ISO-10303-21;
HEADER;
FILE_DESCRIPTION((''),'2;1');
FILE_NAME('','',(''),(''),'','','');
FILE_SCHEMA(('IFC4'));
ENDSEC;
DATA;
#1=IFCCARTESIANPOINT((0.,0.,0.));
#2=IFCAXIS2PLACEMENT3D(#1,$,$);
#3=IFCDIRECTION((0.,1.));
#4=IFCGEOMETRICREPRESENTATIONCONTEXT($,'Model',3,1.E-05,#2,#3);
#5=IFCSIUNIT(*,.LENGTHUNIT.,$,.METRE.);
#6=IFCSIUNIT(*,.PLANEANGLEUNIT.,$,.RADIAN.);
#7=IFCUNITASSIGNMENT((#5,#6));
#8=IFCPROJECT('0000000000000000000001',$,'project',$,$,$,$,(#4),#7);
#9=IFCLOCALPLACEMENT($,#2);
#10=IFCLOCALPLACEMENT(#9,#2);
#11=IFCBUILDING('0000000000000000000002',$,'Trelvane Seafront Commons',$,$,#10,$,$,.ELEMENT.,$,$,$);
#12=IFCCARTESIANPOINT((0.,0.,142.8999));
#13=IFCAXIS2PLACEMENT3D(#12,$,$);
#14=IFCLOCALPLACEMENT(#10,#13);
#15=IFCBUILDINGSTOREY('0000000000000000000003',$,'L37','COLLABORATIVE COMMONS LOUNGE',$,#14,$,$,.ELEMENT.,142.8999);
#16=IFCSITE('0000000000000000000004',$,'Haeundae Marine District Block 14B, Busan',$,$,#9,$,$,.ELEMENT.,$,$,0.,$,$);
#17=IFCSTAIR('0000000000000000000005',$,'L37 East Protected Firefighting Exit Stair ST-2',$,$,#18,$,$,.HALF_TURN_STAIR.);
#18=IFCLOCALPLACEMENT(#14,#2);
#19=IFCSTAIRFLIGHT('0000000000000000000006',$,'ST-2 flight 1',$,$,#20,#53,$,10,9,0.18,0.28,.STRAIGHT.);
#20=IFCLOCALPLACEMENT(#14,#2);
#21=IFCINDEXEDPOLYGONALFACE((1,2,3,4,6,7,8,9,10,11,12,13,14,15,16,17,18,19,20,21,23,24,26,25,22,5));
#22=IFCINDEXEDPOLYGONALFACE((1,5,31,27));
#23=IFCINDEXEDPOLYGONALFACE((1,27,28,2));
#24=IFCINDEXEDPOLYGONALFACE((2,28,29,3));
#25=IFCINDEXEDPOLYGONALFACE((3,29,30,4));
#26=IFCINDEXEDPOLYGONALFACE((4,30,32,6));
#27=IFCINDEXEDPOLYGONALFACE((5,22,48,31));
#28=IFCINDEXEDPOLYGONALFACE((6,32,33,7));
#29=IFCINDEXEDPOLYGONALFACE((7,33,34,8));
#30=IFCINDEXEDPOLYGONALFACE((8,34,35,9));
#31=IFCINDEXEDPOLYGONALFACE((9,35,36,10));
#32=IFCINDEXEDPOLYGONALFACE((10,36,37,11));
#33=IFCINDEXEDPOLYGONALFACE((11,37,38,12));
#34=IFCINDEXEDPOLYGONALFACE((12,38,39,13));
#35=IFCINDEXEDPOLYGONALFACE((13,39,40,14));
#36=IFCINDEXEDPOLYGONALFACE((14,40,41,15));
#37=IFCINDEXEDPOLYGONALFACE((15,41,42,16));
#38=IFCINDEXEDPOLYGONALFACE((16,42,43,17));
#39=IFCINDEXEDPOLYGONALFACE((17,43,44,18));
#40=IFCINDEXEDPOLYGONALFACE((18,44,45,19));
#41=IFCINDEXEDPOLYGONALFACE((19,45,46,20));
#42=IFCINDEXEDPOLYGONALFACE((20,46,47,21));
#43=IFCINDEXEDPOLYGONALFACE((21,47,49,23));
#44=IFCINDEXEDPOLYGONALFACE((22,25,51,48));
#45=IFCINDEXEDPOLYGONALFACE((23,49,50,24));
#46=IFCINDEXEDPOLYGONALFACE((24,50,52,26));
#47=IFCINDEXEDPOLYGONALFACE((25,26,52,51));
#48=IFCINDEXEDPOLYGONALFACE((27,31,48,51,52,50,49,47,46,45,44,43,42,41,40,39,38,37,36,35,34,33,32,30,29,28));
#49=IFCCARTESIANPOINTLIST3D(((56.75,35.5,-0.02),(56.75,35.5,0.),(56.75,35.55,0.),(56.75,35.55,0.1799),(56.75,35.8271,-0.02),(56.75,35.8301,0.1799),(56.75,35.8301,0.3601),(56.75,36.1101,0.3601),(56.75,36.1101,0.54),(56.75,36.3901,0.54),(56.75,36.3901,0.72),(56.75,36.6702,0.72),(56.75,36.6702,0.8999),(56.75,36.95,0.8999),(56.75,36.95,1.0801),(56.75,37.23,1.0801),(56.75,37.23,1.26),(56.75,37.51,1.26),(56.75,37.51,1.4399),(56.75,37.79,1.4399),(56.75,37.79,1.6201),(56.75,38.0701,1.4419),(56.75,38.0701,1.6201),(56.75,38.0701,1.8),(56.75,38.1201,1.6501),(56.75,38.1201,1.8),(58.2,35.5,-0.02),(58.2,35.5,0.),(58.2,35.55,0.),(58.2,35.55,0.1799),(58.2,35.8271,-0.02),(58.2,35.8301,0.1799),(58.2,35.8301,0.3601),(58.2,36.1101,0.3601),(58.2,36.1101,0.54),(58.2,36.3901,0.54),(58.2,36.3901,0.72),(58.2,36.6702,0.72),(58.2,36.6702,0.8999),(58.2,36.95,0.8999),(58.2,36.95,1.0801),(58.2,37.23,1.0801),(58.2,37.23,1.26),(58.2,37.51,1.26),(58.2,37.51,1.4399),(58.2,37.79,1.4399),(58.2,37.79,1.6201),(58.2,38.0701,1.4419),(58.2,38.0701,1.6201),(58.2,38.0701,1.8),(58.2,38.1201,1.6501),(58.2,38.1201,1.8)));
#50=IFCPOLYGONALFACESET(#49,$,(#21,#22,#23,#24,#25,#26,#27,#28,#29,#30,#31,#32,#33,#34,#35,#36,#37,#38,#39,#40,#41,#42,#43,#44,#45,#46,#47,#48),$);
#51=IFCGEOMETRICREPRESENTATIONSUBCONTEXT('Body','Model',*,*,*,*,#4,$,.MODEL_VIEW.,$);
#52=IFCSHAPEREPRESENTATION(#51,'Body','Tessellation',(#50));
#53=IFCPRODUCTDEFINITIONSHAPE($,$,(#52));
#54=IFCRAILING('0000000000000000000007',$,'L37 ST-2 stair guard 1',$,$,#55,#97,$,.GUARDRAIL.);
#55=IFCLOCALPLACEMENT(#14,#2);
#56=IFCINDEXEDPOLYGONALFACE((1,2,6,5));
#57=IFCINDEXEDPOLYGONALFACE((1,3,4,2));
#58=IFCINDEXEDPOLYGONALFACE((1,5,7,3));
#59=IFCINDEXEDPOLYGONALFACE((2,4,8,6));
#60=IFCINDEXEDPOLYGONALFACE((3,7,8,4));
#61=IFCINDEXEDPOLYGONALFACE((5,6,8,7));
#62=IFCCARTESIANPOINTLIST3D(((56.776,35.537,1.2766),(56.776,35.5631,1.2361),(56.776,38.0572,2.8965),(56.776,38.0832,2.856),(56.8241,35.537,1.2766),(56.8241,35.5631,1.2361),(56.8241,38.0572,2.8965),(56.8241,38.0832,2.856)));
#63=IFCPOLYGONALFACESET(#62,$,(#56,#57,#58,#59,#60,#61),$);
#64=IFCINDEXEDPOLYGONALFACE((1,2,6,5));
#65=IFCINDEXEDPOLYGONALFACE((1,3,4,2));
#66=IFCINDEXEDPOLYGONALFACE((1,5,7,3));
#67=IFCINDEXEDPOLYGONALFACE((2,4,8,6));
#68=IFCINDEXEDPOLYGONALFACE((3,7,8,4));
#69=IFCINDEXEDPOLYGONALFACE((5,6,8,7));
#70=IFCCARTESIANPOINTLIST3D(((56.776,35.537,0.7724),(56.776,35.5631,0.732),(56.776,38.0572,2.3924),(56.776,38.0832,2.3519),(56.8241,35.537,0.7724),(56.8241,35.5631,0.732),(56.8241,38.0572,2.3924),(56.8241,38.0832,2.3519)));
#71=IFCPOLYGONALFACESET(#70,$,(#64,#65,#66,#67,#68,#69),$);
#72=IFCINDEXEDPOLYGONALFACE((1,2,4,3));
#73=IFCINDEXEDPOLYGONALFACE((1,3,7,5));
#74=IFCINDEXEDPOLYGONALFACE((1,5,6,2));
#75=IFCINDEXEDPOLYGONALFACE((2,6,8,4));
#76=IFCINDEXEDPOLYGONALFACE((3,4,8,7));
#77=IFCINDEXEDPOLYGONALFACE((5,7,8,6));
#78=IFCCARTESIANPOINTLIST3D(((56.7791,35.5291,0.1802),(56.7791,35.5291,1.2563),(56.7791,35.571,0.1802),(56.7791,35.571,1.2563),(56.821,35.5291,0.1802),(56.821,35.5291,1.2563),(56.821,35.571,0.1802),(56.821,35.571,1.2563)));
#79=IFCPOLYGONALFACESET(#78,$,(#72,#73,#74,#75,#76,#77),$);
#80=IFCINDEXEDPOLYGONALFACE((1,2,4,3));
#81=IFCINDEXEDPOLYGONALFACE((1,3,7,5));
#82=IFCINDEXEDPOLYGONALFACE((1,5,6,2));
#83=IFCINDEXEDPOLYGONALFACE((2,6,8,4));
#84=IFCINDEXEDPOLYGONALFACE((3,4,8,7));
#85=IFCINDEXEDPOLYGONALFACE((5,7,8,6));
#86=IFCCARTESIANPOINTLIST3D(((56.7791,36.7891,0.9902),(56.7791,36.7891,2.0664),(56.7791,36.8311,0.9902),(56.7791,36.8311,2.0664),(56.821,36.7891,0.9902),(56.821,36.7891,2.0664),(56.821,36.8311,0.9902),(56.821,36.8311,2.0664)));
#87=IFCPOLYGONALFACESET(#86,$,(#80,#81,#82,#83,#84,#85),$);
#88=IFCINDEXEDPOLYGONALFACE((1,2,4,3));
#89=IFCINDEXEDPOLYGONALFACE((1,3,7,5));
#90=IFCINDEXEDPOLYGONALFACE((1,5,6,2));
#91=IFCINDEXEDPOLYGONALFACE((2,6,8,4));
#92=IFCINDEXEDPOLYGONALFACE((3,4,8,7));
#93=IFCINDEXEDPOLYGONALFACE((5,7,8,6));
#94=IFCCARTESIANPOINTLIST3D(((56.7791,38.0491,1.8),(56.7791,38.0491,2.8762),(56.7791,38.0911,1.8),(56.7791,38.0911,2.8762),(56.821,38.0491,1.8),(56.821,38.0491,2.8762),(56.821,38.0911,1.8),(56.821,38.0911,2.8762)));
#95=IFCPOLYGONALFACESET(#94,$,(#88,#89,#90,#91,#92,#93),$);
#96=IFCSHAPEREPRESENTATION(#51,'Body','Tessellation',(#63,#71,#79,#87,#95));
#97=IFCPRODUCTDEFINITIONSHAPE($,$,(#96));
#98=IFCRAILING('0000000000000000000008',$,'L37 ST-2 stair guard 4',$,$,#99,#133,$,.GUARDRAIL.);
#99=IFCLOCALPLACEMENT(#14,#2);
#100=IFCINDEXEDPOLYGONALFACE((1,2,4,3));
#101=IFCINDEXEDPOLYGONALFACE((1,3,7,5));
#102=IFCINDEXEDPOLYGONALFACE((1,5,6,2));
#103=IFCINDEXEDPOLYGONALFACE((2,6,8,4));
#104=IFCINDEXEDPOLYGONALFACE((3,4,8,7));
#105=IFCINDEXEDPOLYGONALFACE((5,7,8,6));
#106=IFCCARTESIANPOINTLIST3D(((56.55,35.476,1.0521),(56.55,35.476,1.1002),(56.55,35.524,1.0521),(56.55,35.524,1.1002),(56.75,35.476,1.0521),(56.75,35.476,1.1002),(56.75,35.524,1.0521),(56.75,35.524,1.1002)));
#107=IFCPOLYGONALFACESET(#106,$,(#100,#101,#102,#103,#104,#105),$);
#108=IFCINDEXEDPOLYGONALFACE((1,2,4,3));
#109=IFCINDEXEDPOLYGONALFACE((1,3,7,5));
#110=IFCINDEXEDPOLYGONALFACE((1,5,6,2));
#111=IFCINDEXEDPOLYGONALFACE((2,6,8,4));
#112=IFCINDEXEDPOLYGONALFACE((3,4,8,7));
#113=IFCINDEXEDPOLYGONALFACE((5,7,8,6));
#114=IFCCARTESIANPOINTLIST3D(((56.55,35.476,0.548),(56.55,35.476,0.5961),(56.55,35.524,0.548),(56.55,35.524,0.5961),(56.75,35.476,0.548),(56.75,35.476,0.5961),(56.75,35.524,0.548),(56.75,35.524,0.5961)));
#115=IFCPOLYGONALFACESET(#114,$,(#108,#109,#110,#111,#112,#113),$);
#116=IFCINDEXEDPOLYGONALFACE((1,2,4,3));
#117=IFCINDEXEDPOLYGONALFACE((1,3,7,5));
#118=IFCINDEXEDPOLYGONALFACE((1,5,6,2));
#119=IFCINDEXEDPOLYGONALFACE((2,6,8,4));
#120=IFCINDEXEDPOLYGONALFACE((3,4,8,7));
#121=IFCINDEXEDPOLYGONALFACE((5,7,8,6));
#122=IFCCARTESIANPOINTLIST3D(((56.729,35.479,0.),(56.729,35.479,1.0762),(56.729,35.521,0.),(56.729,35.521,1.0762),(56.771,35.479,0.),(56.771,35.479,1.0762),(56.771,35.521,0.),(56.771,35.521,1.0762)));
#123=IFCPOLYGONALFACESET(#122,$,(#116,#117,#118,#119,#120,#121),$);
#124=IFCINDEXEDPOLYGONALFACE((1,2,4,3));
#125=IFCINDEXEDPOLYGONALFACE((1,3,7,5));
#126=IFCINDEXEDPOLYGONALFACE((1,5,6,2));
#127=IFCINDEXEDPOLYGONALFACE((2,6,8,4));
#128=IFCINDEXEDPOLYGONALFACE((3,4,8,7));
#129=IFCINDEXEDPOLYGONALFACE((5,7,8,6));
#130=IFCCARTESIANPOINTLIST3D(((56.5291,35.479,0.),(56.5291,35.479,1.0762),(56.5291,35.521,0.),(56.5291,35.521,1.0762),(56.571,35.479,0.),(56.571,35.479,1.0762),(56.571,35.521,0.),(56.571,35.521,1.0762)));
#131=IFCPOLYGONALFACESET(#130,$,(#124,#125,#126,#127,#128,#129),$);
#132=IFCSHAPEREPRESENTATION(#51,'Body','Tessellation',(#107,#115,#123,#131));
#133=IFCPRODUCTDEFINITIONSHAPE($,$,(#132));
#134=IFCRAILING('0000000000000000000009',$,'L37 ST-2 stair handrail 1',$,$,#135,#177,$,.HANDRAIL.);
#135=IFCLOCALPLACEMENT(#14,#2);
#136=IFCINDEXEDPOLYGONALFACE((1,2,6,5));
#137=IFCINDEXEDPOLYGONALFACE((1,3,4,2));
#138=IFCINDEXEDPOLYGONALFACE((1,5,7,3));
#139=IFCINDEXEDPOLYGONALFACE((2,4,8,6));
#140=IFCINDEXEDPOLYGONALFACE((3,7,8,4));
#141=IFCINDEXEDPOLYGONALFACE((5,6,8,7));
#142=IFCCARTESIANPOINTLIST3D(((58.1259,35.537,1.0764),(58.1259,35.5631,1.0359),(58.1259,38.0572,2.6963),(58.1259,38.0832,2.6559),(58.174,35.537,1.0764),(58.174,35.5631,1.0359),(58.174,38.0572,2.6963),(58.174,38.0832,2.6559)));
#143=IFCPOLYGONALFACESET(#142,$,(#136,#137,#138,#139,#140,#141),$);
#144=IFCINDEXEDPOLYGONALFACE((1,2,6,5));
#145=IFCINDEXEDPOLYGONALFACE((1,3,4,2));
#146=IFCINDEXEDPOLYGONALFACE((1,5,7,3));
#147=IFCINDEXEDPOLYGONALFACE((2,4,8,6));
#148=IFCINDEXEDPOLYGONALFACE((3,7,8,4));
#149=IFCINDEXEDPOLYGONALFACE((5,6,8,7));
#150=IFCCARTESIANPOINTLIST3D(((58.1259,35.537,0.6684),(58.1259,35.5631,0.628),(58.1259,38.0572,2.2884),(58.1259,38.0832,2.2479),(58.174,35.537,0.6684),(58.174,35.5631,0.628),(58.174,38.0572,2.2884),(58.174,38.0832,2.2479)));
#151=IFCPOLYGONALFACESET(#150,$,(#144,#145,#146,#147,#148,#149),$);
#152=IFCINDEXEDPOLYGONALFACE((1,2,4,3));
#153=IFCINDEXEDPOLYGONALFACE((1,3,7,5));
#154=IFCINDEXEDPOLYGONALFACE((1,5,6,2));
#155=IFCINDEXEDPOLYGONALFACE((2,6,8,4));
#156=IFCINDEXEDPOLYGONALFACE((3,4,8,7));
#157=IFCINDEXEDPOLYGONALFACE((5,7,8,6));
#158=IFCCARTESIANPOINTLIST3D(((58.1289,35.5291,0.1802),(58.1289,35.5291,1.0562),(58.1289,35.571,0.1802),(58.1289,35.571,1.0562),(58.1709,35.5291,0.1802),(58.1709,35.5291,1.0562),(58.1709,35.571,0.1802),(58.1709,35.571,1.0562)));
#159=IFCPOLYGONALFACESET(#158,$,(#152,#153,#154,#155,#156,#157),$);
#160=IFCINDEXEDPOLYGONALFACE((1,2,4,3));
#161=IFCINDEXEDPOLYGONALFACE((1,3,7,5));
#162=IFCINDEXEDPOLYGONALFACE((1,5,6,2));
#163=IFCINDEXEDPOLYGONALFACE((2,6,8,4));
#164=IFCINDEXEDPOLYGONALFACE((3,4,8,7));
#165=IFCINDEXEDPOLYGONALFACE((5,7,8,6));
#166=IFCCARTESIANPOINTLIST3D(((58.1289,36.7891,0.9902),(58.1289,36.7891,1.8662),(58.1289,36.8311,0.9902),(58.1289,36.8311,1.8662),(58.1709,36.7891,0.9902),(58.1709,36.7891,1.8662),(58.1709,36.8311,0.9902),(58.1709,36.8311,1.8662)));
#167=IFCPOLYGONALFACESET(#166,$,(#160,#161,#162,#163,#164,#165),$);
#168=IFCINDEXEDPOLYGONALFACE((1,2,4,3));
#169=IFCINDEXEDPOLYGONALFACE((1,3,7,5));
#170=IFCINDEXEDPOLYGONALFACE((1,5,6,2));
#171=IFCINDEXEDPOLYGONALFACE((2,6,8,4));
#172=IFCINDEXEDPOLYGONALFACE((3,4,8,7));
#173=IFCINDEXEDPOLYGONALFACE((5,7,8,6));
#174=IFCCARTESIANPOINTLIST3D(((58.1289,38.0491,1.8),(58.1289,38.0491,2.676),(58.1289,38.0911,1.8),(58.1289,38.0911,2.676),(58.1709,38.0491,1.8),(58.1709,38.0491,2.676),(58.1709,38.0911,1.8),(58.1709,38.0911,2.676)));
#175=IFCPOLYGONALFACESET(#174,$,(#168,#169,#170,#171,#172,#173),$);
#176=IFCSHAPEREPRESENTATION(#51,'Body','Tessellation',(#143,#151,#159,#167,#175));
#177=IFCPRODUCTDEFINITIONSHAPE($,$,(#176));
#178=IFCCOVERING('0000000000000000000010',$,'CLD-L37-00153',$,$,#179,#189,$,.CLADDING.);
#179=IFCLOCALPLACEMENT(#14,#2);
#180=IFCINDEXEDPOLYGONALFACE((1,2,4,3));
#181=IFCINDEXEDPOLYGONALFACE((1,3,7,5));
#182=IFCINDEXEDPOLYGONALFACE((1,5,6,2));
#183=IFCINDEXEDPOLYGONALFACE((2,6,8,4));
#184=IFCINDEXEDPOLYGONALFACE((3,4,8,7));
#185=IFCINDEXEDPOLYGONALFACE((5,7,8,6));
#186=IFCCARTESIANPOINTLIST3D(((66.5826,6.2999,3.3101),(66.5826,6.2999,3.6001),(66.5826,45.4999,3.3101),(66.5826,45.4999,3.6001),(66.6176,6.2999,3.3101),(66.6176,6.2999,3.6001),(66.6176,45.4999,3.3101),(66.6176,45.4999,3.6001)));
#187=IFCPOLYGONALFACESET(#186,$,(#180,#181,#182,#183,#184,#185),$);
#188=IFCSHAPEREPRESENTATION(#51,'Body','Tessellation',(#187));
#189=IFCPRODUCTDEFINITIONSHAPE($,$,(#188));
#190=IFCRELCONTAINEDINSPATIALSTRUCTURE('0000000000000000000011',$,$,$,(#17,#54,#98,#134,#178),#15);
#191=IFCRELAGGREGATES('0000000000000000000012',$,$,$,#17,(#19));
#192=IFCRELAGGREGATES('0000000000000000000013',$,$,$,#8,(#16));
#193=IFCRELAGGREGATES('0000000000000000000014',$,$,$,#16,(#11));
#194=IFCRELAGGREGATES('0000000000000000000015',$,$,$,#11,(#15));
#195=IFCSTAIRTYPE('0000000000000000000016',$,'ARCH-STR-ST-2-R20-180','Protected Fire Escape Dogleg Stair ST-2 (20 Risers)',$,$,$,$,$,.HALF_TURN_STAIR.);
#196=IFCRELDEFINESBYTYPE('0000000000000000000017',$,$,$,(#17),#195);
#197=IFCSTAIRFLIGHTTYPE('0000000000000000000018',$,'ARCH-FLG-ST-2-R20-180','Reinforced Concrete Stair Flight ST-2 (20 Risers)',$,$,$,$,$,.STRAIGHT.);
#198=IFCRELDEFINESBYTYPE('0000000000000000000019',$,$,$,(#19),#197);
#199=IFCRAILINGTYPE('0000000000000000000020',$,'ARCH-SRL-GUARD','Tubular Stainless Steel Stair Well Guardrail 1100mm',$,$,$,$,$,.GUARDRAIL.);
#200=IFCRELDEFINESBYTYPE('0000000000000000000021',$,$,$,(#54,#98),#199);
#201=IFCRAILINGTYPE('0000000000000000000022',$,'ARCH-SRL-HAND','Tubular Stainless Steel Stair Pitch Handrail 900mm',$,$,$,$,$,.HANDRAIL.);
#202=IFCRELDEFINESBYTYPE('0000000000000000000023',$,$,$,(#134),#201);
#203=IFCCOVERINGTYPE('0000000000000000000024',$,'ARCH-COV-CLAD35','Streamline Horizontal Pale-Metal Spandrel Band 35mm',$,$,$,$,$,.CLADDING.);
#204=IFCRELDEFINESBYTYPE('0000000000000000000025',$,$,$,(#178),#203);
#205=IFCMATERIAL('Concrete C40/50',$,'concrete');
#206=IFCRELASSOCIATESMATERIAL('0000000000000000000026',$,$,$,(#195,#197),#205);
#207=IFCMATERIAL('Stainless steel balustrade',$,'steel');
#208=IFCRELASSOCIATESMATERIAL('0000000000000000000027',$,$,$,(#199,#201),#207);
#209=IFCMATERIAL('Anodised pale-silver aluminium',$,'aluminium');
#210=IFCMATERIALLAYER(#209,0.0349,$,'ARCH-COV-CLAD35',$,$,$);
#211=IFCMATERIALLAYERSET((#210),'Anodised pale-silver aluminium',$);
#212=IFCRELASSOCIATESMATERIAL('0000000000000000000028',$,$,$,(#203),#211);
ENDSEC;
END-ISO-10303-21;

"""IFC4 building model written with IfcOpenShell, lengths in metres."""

from ifc_helpers import new_model, si_unit, direction, frame, origin, origin_2d, place, context, subcontext, project, spatial, polyline, rectangle, outline, extrude, source, transform, mapped, material, layer, layer_set, type_object, element, aggregate, save


model = new_model("IFC4")

# Units and contexts
model_context = context("Model", 3, precision=1e-05, world=origin(), true_north=direction((0.0, 1.0)))
body_context = subcontext(model_context, "Body", "Model", "MODEL_VIEW")
ifc_project = project(units=[si_unit("LENGTHUNIT", "METRE"), si_unit("PLANEANGLEUNIT", "RADIAN")], contexts=[model_context])

# Site, building, storey
site_placement = place(None, origin())
site = spatial("IfcSite", under=ifc_project, at=site_placement, Name="Haeundae Marine District Block 14B, Busan", CompositionType="ELEMENT", RefElevation=0.0)
building_placement = place(site_placement, origin())
building = spatial("IfcBuilding", under=site, at=building_placement, Name="Trelvane Seafront Commons", CompositionType="ELEMENT")
storey_placement = place(building_placement, frame((0.0, 0.0, 142.8999)))
storey = spatial("IfcBuildingStorey", under=building, at=storey_placement, Name="L37", Description="COLLABORATIVE COMMONS LOUNGE", CompositionType="ELEMENT", Elevation=142.8999)

# Stair, stair flight
ifc_material_1 = material(Name="Concrete C40/50", Category="concrete")
stair_type = type_object("IfcStairType", Name="ARCH-STR-ST-2-R20-180", Description="Protected Fire Escape Dogleg Stair ST-2 (20 Risers)", PredefinedType="HALF_TURN_STAIR", material=ifc_material_1)
stair_placement = place(storey_placement, origin())
stair = element("IfcStair", 1, at=stair_placement, inside=storey, type_object=stair_type, Name="L37 East Protected Firefighting Exit Stair ST-2", PredefinedType="HALF_TURN_STAIR")
stair_flight_type = type_object("IfcStairFlightType", Name="ARCH-FLG-ST-2-R20-180", Description="Reinforced Concrete Stair Flight ST-2 (20 Risers)", PredefinedType="STRAIGHT", material=ifc_material_1)
shared_shape_1 = source(origin(), body_context, "Body", "SweptSolid", [
    extrude(outline(polyline([(-0.05, -0.02), (-0.05, 0.0), (0.0, 0.0), (0.0, 0.1799), (0.28, 0.1799), (0.28, 0.3601), (0.5601, 0.3601), (0.5601, 0.54), (0.8401, 0.54), (0.8401, 0.72), (1.1201, 0.72), (1.1201, 0.8999), (1.3999, 0.8999), (1.3999, 1.0801), (1.6799, 1.0801), (1.6799, 1.26), (1.96, 1.26), (1.96, 1.4399), (2.24, 1.4399), (2.24, 1.6201), (2.52, 1.6201), (2.52, 1.8), (2.5701, 1.8), (2.5701, 1.6501), (2.52, 1.4419), (0.2771, -0.02), (-0.05, -0.02)])), frame((0.0, 0.7251, 0.0), z_axis=(0.0, -1.0, 0.0), x_axis=(1.0, 0.0, 0.0)), (0.0, 0.0, 1.0), 1.45),
])
stair_flight_placement = place(storey_placement, frame((57.4751, 35.55, 0.0), z_axis=(0.0, 0.0, 1.0), x_axis=(0.0, 1.0, 0.0)))
stair_flight = element("IfcStairFlight", 2, at=stair_flight_placement, type_object=stair_flight_type, Name="ST-2 flight 1", NumberOfRisers=10, NumberOfTreads=9, PredefinedType="STRAIGHT", RiserHeight=0.18, TreadLength=0.28, context=body_context, shape_type="MappedRepresentation", body=[
    mapped(shared_shape_1, transform((0.0, 0.0, 0.0), x_axis=(1.0, 0.0, 0.0), y_axis=(0.0, 1.0, 0.0), z_axis=(0.0, 0.0, 1.0), scale=1.0)),
])
aggregate(stair, [stair_flight])

# Railings
ifc_material_2 = material(Name="Stainless steel balustrade", Category="steel")
railing_type_1 = type_object("IfcRailingType", Name="ARCH-SRL-GUARD", Description="Tubular Stainless Steel Stair Well Guardrail 1100mm", PredefinedType="GUARDRAIL", material=ifc_material_2)
railing_1_placement = place(storey_placement, frame((56.8, 35.55, 0.1802)))
element("IfcRailing", 3, at=railing_1_placement, inside=storey, type_object=railing_type_1, Name="L37 ST-2 stair guard 1", PredefinedType="GUARDRAIL", context=body_context, shape_type="SweptSolid", body=[
    extrude(rectangle(XDim=0.0481, YDim=0.0481, at=origin_2d()), frame((0.0, 0.0, 1.0762), z_axis=(0.0, 0.8412, 0.540725), x_axis=(-1.0, 0.0, 0.0)), (0.0, 0.0, 1.0), 2.9958),
    extrude(rectangle(XDim=0.0481, YDim=0.0481, at=origin_2d()), frame((0.0, 0.0, 0.572), z_axis=(0.0, 0.8412, 0.540725), x_axis=(-1.0, 0.0, 0.0)), (0.0, 0.0, 1.0), 2.9958),
    extrude(rectangle(XDim=0.042, YDim=0.042, at=origin_2d()), origin(), (0.0, 0.0, 1.0), 1.0762),
    extrude(rectangle(XDim=0.042, YDim=0.042, at=origin_2d()), frame((0.0, 1.26, 0.8101)), (0.0, 0.0, 1.0), 1.0762),
    extrude(rectangle(XDim=0.042, YDim=0.042, at=origin_2d()), frame((0.0, 2.52, 1.6199)), (0.0, 0.0, 1.0), 1.0762),
])
railing_2_placement = place(storey_placement, frame((56.75, 35.5, 0.0)))
element("IfcRailing", 4, at=railing_2_placement, inside=storey, type_object=railing_type_1, Name="L37 ST-2 stair guard 4", PredefinedType="GUARDRAIL", context=body_context, shape_type="SweptSolid", body=[
    extrude(rectangle(XDim=0.0481, YDim=0.0481, at=origin_2d()), frame((0.0, 0.0, 1.0762), z_axis=(-1.0, 0.0, 0.0), x_axis=(0.0, -1.0, 0.0)), (0.0, 0.0, 1.0), 0.2),
    extrude(rectangle(XDim=0.0481, YDim=0.0481, at=origin_2d()), frame((0.0, 0.0, 0.572), z_axis=(-1.0, 0.0, 0.0), x_axis=(0.0, -1.0, 0.0)), (0.0, 0.0, 1.0), 0.2),
    extrude(rectangle(XDim=0.042, YDim=0.042, at=origin_2d()), origin(), (0.0, 0.0, 1.0), 1.0762),
    extrude(rectangle(XDim=0.042, YDim=0.042, at=origin_2d()), frame((-0.2, 0.0, 0.0)), (0.0, 0.0, 1.0), 1.0762),
])
railing_type_2 = type_object("IfcRailingType", Name="ARCH-SRL-HAND", Description="Tubular Stainless Steel Stair Pitch Handrail 900mm", PredefinedType="HANDRAIL", material=ifc_material_2)
railing_3_placement = place(storey_placement, frame((58.1499, 35.55, 0.1802)))
element("IfcRailing", 5, at=railing_3_placement, inside=storey, type_object=railing_type_2, Name="L37 ST-2 stair handrail 1", PredefinedType="HANDRAIL", context=body_context, shape_type="SweptSolid", body=[
    extrude(rectangle(XDim=0.0481, YDim=0.0481, at=origin_2d()), frame((0.0, 0.0, 0.876), z_axis=(0.0, 0.8412, 0.540725), x_axis=(-1.0, 0.0, 0.0)), (0.0, 0.0, 1.0), 2.9958),
    extrude(rectangle(XDim=0.0481, YDim=0.0481, at=origin_2d()), frame((0.0, 0.0, 0.468), z_axis=(0.0, 0.8412, 0.540725), x_axis=(-1.0, 0.0, 0.0)), (0.0, 0.0, 1.0), 2.9958),
    extrude(rectangle(XDim=0.042, YDim=0.042, at=origin_2d()), origin(), (0.0, 0.0, 1.0), 0.876),
    extrude(rectangle(XDim=0.042, YDim=0.042, at=origin_2d()), frame((0.0, 1.26, 0.8101)), (0.0, 0.0, 1.0), 0.876),
    extrude(rectangle(XDim=0.042, YDim=0.042, at=origin_2d()), frame((0.0, 2.52, 1.6199)), (0.0, 0.0, 1.0), 0.876),
])

# Covering
ifc_material_3 = material(Name="Anodised pale-silver aluminium", Category="aluminium")
ifc_layer_1 = layer(ifc_material_3, 0.0349, Name="ARCH-COV-CLAD35")
ifc_layer_set_1 = layer_set([ifc_layer_1], Name="Anodised pale-silver aluminium")
covering_type = type_object("IfcCoveringType", Name="ARCH-COV-CLAD35", Description="Streamline Horizontal Pale-Metal Spandrel Band 35mm", PredefinedType="CLADDING", material=ifc_layer_set_1)
shared_shape_2 = source(origin(), body_context, "Body", "SweptSolid", [
    extrude(rectangle(XDim=39.2, YDim=0.0349, at=origin_2d()), origin(), (0.0, 0.0, 1.0), 0.29),
])
covering_placement = place(storey_placement, frame((66.6001, 25.8999, 3.3101), z_axis=(0.0, 0.0, 1.0), x_axis=(0.0, -1.0, 0.0)))
element("IfcCovering", 6, at=covering_placement, inside=storey, type_object=covering_type, Name="CLD-L37-00153", PredefinedType="CLADDING", context=body_context, shape_type="MappedRepresentation", body=[
    mapped(shared_shape_2, transform((0.0, 0.0, 0.0), x_axis=(1.0, 0.0, 0.0), y_axis=(0.0, 1.0, 0.0), z_axis=(0.0, 0.0, 1.0), scale=1.0)),
])

save(model, "model.ifc")
